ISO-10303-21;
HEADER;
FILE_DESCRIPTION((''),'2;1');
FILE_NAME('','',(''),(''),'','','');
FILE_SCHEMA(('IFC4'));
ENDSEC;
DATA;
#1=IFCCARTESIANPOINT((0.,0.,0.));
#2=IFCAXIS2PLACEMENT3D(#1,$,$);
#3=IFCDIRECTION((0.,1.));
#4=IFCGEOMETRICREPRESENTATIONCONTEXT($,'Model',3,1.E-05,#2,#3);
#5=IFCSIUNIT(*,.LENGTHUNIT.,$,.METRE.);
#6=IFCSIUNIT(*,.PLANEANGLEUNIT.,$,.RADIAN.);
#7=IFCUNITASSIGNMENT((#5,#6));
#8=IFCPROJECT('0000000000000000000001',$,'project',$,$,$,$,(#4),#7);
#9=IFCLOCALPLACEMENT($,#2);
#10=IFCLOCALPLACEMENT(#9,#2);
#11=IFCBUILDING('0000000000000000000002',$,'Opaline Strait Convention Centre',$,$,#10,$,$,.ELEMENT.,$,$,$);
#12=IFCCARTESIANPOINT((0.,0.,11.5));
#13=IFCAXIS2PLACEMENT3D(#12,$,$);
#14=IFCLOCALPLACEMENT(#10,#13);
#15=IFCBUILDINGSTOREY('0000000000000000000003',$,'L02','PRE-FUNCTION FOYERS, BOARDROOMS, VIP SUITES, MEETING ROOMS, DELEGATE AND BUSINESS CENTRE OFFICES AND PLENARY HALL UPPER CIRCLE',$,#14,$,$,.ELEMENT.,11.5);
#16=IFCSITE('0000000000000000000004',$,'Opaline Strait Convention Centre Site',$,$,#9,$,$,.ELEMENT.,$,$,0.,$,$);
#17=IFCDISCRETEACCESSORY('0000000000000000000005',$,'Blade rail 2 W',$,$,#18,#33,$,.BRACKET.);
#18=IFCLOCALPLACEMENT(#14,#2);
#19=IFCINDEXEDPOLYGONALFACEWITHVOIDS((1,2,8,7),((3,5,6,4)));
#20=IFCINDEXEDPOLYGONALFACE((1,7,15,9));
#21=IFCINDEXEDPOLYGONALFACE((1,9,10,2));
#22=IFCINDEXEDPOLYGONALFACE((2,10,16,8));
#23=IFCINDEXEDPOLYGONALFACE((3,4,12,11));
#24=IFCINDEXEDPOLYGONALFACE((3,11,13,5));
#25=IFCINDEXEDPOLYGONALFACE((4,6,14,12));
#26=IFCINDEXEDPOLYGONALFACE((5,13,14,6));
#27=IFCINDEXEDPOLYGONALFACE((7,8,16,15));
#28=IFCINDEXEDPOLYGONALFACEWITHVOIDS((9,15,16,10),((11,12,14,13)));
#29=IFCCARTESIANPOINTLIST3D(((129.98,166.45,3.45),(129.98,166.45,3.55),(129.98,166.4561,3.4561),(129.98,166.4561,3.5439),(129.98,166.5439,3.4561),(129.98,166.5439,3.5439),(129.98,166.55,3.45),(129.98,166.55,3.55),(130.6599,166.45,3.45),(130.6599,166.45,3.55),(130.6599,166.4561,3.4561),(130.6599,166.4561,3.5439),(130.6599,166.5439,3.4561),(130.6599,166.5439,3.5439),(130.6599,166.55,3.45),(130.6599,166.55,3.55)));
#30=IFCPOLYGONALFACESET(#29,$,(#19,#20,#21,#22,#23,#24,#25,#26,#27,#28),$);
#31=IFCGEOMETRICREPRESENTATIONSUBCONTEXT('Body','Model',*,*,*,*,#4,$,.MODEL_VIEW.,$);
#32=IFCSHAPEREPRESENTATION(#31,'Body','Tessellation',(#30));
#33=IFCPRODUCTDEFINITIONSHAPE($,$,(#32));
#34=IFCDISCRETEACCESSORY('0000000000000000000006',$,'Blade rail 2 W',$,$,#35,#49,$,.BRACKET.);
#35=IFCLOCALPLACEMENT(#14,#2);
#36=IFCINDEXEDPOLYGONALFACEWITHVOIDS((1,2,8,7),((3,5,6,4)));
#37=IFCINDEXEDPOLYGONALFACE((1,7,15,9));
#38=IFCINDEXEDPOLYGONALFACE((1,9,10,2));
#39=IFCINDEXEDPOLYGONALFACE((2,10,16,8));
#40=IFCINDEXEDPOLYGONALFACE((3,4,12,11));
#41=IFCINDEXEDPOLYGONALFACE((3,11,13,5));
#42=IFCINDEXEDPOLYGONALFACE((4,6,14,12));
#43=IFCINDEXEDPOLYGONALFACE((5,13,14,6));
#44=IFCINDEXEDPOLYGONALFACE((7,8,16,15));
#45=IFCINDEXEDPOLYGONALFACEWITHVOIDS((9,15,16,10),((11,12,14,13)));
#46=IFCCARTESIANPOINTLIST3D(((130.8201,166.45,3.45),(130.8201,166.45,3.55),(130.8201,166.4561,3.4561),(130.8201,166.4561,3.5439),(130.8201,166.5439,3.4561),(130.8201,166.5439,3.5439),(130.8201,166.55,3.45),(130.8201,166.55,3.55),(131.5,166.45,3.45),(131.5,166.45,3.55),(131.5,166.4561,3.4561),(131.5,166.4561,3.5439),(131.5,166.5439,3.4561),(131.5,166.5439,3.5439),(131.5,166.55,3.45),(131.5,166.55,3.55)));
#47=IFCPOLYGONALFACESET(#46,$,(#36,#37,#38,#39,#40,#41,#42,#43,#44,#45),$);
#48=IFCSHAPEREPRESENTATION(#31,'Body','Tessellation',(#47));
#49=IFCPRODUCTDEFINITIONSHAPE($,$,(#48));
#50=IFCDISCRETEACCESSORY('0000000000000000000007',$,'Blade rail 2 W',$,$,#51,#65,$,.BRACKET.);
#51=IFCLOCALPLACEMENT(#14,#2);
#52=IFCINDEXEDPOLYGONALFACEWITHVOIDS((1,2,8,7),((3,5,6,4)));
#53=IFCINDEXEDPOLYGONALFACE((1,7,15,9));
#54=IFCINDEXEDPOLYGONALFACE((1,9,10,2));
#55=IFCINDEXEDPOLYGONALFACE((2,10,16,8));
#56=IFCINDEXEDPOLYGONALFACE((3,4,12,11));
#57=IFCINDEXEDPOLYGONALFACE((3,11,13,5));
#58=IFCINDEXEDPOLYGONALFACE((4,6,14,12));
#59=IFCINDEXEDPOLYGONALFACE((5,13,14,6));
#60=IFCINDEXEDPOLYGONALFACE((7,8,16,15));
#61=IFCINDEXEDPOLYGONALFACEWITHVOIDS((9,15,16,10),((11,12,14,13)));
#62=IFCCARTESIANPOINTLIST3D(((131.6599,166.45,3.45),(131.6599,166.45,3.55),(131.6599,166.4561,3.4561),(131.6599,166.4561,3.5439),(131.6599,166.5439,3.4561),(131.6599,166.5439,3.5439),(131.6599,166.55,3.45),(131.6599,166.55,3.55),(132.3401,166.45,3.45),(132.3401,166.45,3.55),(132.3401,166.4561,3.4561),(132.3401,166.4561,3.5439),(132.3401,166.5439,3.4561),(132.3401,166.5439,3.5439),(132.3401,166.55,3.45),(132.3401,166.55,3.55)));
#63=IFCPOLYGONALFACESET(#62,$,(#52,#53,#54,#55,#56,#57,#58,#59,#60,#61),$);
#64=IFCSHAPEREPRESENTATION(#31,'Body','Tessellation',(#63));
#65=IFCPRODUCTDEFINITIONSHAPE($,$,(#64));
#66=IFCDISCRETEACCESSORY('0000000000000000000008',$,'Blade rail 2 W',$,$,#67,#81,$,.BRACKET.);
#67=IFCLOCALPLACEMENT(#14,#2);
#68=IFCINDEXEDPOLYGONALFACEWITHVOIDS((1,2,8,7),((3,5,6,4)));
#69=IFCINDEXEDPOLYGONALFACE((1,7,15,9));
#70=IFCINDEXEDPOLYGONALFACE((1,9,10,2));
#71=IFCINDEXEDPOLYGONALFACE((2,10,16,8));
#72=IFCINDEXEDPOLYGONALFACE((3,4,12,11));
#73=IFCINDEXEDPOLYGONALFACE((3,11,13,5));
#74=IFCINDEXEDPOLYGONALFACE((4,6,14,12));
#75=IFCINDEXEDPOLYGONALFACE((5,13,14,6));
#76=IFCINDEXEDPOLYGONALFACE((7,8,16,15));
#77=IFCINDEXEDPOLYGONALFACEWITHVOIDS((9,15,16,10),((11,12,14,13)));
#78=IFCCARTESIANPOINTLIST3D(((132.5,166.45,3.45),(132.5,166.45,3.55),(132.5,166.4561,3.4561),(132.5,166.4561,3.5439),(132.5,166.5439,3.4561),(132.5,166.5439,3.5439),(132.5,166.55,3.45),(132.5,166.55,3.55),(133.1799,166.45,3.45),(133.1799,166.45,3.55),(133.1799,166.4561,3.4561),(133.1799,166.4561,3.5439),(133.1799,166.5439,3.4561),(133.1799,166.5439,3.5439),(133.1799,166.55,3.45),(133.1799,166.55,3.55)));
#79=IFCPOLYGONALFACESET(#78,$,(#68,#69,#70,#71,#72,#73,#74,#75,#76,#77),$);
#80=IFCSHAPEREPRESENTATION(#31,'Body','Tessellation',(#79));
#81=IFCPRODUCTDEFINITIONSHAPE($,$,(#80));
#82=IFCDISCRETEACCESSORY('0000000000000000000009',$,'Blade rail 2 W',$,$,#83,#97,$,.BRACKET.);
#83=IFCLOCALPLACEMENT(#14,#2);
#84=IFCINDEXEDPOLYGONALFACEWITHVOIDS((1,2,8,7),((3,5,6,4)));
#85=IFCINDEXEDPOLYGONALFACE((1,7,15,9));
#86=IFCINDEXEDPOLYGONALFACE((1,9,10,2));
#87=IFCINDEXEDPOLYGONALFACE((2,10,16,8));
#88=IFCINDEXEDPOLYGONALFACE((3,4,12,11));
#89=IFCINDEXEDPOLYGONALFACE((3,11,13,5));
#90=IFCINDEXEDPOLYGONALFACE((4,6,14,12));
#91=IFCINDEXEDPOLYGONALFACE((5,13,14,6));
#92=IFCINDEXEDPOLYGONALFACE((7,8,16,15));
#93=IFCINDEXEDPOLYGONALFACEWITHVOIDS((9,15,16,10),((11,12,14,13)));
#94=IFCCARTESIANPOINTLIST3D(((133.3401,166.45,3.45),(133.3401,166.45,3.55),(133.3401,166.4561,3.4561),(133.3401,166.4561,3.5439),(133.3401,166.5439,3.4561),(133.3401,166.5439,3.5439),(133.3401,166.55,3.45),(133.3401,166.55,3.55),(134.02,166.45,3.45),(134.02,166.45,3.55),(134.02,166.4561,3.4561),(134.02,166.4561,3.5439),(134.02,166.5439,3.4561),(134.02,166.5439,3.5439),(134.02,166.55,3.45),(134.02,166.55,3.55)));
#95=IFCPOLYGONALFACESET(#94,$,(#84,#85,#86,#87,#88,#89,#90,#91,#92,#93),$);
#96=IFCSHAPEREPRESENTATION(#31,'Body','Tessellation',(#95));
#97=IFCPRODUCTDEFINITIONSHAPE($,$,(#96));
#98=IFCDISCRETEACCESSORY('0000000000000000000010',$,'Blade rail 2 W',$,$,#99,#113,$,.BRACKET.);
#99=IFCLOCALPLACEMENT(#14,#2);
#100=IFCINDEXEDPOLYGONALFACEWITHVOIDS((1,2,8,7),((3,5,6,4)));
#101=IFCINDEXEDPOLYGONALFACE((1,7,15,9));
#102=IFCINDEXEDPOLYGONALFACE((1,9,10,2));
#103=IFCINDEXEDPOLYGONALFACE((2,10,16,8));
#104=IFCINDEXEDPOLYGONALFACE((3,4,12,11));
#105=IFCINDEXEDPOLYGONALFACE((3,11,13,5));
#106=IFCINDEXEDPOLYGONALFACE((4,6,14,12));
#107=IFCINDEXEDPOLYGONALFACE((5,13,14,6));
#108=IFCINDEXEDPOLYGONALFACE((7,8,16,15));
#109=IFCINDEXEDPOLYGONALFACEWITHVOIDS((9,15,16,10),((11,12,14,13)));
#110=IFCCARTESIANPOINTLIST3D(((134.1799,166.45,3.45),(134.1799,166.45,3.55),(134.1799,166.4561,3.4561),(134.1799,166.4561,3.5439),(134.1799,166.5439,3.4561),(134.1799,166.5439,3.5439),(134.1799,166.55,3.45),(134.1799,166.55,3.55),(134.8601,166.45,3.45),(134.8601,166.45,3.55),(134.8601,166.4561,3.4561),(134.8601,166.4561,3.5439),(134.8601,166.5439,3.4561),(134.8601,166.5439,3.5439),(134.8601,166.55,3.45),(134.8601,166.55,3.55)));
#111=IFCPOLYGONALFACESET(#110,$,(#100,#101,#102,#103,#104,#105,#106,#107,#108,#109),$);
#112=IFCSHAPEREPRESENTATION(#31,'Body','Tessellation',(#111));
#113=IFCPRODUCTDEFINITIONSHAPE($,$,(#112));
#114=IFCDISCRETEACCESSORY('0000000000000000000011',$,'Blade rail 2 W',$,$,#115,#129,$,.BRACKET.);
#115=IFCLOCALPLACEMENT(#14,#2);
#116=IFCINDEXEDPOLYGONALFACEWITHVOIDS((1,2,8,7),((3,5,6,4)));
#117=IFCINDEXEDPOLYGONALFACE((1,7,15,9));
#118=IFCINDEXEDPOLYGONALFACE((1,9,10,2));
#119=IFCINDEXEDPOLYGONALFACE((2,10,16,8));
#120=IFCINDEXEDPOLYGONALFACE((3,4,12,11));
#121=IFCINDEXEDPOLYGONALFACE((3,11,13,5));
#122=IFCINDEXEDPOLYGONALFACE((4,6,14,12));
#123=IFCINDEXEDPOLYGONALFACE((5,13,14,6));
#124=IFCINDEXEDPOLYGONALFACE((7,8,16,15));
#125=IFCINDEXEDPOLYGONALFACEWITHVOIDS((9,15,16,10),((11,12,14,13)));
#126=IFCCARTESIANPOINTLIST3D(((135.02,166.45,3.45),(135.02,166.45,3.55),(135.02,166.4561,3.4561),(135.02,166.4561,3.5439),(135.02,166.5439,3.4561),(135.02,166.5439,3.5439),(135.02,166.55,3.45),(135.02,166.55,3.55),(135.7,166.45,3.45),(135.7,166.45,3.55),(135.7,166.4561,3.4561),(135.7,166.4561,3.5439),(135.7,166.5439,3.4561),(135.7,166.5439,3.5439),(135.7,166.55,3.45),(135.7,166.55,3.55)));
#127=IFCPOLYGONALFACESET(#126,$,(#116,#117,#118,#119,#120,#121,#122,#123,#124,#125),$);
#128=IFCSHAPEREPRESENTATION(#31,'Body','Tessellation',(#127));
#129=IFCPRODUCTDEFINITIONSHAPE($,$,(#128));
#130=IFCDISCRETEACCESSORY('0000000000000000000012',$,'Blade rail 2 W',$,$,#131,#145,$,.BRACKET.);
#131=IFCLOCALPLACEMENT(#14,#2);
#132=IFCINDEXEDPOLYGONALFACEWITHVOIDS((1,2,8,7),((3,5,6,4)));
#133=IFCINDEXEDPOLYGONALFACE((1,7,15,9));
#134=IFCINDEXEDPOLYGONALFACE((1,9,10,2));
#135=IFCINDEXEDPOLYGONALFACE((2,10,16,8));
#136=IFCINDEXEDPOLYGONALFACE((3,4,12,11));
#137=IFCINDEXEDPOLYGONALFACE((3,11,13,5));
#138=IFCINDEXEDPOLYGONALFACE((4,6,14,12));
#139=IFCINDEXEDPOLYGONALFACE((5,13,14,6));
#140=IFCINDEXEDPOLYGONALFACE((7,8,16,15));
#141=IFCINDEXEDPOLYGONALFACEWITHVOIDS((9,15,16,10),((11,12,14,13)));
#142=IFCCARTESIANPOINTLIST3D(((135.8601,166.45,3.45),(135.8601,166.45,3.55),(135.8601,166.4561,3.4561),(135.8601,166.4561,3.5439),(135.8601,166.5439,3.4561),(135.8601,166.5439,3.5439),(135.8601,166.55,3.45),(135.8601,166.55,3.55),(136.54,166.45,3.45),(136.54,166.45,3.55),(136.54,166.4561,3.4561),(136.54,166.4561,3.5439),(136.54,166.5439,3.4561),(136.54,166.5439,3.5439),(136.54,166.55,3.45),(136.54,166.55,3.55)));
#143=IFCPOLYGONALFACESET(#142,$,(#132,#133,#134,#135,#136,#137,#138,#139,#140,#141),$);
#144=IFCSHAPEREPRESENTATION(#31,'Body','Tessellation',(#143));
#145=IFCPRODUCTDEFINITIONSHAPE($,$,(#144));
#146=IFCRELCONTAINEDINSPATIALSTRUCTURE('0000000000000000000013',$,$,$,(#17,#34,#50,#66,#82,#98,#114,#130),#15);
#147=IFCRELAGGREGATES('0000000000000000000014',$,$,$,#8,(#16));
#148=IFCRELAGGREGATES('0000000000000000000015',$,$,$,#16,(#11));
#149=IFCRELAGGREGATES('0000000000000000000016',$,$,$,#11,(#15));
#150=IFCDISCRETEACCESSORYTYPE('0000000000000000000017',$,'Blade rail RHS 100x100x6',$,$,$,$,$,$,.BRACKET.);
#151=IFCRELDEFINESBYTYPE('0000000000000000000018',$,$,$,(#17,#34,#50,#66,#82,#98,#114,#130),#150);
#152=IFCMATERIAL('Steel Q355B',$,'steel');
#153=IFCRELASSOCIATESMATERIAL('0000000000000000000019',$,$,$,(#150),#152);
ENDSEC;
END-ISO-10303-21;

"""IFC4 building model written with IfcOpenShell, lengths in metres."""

from ifc_helpers import new_model, si_unit, direction, frame, origin, origin_2d, place, context, subcontext, project, spatial, hollow_rectangle, extrude, material, material_profile, profile_set, type_object, element, save


model = new_model("IFC4")

# Units and contexts
model_context = context("Model", 3, precision=1e-05, world=origin(), true_north=direction((0.0, 1.0)))
body_context = subcontext(model_context, "Body", "Model", "MODEL_VIEW")
ifc_project = project(units=[si_unit("LENGTHUNIT", "METRE"), si_unit("PLANEANGLEUNIT", "RADIAN")], contexts=[model_context])

# Site, building, storey
site_placement = place(None, origin())
site = spatial("IfcSite", under=ifc_project, at=site_placement, Name="Opaline Strait Convention Centre Site", CompositionType="ELEMENT", RefElevation=0.0)
building_placement = place(site_placement, origin())
building = spatial("IfcBuilding", under=site, at=building_placement, Name="Opaline Strait Convention Centre", CompositionType="ELEMENT")
storey_placement = place(building_placement, frame((0.0, 0.0, 11.5)))
storey = spatial("IfcBuildingStorey", under=building, at=storey_placement, Name="L02", Description="PRE-FUNCTION FOYERS, BOARDROOMS, VIP SUITES, MEETING ROOMS, DELEGATE AND BUSINESS CENTRE OFFICES AND PLENARY HALL UPPER CIRCLE", CompositionType="ELEMENT", Elevation=11.5)

# Discrete accessories
ifc_material_1 = material(Name="Steel Q355B", Category="steel")
ifc_material_profile_1 = material_profile(ifc_material_1, hollow_rectangle(XDim=0.1001, YDim=0.1001, WallThickness=0.0061, at=origin_2d()), Name="RHS 100x100x6")
ifc_profile_set_1 = profile_set([ifc_material_profile_1], Name="Steel Q355B")
discrete_accessory_type = type_object("IfcDiscreteAccessoryType", Name="Blade rail RHS 100x100x6", PredefinedType="BRACKET", material=ifc_profile_set_1)
for number, where, z_axis, x_axis, name in (
    (1, (129.98, 166.5, 3.5), (1.0, 0.0, 0.0), (0.0, 1.0, 0.0), "Blade rail 2 W"),
    (2, (130.8201, 166.5, 3.5), (1.0, 0.0, 0.0), (0.0, 1.0, 0.0), "Blade rail 2 W"),
):
    element("IfcDiscreteAccessory", number, at=place(storey_placement, frame(where, z_axis=z_axis, x_axis=x_axis)), inside=storey, type_object=discrete_accessory_type, Name=name, PredefinedType="BRACKET", context=body_context, shape_type="SweptSolid", body=[
        extrude(hollow_rectangle(XDim=0.1001, YDim=0.1001, WallThickness=0.0061, at=origin_2d()), origin(), (0.0, 0.0, 1.0), 0.6799),
    ])
discrete_accessory_1_placement = place(storey_placement, frame((131.6599, 166.5, 3.5), z_axis=(1.0, 0.0, 0.0), x_axis=(0.0, 1.0, 0.0)))
element("IfcDiscreteAccessory", 3, at=discrete_accessory_1_placement, inside=storey, type_object=discrete_accessory_type, Name="Blade rail 2 W", PredefinedType="BRACKET", context=body_context, shape_type="SweptSolid", body=[
    extrude(hollow_rectangle(XDim=0.1001, YDim=0.1001, WallThickness=0.0061, at=origin_2d()), origin(), (0.0, 0.0, 1.0), 0.6802),
])
for number, where, z_axis, x_axis, name in (
    (4, (132.5, 166.5, 3.5), (1.0, 0.0, 0.0), (0.0, 1.0, 0.0), "Blade rail 2 W"),
    (5, (133.3401, 166.5, 3.5), (1.0, 0.0, 0.0), (0.0, 1.0, 0.0), "Blade rail 2 W"),
):
    element("IfcDiscreteAccessory", number, at=place(storey_placement, frame(where, z_axis=z_axis, x_axis=x_axis)), inside=storey, type_object=discrete_accessory_type, Name=name, PredefinedType="BRACKET", context=body_context, shape_type="SweptSolid", body=[
        extrude(hollow_rectangle(XDim=0.1001, YDim=0.1001, WallThickness=0.0061, at=origin_2d()), origin(), (0.0, 0.0, 1.0), 0.6799),
    ])
discrete_accessory_2_placement = place(storey_placement, frame((134.1799, 166.5, 3.5), z_axis=(1.0, 0.0, 0.0), x_axis=(0.0, 1.0, 0.0)))
element("IfcDiscreteAccessory", 6, at=discrete_accessory_2_placement, inside=storey, type_object=discrete_accessory_type, Name="Blade rail 2 W", PredefinedType="BRACKET", context=body_context, shape_type="SweptSolid", body=[
    extrude(hollow_rectangle(XDim=0.1001, YDim=0.1001, WallThickness=0.0061, at=origin_2d()), origin(), (0.0, 0.0, 1.0), 0.6802),
])
for number, where, z_axis, x_axis, name in (
    (7, (135.02, 166.5, 3.5), (1.0, 0.0, 0.0), (0.0, 1.0, 0.0), "Blade rail 2 W"),
    (8, (135.8601, 166.5, 3.5), (1.0, 0.0, 0.0), (0.0, 1.0, 0.0), "Blade rail 2 W"),
):
    element("IfcDiscreteAccessory", number, at=place(storey_placement, frame(where, z_axis=z_axis, x_axis=x_axis)), inside=storey, type_object=discrete_accessory_type, Name=name, PredefinedType="BRACKET", context=body_context, shape_type="SweptSolid", body=[
        extrude(hollow_rectangle(XDim=0.1001, YDim=0.1001, WallThickness=0.0061, at=origin_2d()), origin(), (0.0, 0.0, 1.0), 0.6799),
    ])

save(model, "model.ifc")
